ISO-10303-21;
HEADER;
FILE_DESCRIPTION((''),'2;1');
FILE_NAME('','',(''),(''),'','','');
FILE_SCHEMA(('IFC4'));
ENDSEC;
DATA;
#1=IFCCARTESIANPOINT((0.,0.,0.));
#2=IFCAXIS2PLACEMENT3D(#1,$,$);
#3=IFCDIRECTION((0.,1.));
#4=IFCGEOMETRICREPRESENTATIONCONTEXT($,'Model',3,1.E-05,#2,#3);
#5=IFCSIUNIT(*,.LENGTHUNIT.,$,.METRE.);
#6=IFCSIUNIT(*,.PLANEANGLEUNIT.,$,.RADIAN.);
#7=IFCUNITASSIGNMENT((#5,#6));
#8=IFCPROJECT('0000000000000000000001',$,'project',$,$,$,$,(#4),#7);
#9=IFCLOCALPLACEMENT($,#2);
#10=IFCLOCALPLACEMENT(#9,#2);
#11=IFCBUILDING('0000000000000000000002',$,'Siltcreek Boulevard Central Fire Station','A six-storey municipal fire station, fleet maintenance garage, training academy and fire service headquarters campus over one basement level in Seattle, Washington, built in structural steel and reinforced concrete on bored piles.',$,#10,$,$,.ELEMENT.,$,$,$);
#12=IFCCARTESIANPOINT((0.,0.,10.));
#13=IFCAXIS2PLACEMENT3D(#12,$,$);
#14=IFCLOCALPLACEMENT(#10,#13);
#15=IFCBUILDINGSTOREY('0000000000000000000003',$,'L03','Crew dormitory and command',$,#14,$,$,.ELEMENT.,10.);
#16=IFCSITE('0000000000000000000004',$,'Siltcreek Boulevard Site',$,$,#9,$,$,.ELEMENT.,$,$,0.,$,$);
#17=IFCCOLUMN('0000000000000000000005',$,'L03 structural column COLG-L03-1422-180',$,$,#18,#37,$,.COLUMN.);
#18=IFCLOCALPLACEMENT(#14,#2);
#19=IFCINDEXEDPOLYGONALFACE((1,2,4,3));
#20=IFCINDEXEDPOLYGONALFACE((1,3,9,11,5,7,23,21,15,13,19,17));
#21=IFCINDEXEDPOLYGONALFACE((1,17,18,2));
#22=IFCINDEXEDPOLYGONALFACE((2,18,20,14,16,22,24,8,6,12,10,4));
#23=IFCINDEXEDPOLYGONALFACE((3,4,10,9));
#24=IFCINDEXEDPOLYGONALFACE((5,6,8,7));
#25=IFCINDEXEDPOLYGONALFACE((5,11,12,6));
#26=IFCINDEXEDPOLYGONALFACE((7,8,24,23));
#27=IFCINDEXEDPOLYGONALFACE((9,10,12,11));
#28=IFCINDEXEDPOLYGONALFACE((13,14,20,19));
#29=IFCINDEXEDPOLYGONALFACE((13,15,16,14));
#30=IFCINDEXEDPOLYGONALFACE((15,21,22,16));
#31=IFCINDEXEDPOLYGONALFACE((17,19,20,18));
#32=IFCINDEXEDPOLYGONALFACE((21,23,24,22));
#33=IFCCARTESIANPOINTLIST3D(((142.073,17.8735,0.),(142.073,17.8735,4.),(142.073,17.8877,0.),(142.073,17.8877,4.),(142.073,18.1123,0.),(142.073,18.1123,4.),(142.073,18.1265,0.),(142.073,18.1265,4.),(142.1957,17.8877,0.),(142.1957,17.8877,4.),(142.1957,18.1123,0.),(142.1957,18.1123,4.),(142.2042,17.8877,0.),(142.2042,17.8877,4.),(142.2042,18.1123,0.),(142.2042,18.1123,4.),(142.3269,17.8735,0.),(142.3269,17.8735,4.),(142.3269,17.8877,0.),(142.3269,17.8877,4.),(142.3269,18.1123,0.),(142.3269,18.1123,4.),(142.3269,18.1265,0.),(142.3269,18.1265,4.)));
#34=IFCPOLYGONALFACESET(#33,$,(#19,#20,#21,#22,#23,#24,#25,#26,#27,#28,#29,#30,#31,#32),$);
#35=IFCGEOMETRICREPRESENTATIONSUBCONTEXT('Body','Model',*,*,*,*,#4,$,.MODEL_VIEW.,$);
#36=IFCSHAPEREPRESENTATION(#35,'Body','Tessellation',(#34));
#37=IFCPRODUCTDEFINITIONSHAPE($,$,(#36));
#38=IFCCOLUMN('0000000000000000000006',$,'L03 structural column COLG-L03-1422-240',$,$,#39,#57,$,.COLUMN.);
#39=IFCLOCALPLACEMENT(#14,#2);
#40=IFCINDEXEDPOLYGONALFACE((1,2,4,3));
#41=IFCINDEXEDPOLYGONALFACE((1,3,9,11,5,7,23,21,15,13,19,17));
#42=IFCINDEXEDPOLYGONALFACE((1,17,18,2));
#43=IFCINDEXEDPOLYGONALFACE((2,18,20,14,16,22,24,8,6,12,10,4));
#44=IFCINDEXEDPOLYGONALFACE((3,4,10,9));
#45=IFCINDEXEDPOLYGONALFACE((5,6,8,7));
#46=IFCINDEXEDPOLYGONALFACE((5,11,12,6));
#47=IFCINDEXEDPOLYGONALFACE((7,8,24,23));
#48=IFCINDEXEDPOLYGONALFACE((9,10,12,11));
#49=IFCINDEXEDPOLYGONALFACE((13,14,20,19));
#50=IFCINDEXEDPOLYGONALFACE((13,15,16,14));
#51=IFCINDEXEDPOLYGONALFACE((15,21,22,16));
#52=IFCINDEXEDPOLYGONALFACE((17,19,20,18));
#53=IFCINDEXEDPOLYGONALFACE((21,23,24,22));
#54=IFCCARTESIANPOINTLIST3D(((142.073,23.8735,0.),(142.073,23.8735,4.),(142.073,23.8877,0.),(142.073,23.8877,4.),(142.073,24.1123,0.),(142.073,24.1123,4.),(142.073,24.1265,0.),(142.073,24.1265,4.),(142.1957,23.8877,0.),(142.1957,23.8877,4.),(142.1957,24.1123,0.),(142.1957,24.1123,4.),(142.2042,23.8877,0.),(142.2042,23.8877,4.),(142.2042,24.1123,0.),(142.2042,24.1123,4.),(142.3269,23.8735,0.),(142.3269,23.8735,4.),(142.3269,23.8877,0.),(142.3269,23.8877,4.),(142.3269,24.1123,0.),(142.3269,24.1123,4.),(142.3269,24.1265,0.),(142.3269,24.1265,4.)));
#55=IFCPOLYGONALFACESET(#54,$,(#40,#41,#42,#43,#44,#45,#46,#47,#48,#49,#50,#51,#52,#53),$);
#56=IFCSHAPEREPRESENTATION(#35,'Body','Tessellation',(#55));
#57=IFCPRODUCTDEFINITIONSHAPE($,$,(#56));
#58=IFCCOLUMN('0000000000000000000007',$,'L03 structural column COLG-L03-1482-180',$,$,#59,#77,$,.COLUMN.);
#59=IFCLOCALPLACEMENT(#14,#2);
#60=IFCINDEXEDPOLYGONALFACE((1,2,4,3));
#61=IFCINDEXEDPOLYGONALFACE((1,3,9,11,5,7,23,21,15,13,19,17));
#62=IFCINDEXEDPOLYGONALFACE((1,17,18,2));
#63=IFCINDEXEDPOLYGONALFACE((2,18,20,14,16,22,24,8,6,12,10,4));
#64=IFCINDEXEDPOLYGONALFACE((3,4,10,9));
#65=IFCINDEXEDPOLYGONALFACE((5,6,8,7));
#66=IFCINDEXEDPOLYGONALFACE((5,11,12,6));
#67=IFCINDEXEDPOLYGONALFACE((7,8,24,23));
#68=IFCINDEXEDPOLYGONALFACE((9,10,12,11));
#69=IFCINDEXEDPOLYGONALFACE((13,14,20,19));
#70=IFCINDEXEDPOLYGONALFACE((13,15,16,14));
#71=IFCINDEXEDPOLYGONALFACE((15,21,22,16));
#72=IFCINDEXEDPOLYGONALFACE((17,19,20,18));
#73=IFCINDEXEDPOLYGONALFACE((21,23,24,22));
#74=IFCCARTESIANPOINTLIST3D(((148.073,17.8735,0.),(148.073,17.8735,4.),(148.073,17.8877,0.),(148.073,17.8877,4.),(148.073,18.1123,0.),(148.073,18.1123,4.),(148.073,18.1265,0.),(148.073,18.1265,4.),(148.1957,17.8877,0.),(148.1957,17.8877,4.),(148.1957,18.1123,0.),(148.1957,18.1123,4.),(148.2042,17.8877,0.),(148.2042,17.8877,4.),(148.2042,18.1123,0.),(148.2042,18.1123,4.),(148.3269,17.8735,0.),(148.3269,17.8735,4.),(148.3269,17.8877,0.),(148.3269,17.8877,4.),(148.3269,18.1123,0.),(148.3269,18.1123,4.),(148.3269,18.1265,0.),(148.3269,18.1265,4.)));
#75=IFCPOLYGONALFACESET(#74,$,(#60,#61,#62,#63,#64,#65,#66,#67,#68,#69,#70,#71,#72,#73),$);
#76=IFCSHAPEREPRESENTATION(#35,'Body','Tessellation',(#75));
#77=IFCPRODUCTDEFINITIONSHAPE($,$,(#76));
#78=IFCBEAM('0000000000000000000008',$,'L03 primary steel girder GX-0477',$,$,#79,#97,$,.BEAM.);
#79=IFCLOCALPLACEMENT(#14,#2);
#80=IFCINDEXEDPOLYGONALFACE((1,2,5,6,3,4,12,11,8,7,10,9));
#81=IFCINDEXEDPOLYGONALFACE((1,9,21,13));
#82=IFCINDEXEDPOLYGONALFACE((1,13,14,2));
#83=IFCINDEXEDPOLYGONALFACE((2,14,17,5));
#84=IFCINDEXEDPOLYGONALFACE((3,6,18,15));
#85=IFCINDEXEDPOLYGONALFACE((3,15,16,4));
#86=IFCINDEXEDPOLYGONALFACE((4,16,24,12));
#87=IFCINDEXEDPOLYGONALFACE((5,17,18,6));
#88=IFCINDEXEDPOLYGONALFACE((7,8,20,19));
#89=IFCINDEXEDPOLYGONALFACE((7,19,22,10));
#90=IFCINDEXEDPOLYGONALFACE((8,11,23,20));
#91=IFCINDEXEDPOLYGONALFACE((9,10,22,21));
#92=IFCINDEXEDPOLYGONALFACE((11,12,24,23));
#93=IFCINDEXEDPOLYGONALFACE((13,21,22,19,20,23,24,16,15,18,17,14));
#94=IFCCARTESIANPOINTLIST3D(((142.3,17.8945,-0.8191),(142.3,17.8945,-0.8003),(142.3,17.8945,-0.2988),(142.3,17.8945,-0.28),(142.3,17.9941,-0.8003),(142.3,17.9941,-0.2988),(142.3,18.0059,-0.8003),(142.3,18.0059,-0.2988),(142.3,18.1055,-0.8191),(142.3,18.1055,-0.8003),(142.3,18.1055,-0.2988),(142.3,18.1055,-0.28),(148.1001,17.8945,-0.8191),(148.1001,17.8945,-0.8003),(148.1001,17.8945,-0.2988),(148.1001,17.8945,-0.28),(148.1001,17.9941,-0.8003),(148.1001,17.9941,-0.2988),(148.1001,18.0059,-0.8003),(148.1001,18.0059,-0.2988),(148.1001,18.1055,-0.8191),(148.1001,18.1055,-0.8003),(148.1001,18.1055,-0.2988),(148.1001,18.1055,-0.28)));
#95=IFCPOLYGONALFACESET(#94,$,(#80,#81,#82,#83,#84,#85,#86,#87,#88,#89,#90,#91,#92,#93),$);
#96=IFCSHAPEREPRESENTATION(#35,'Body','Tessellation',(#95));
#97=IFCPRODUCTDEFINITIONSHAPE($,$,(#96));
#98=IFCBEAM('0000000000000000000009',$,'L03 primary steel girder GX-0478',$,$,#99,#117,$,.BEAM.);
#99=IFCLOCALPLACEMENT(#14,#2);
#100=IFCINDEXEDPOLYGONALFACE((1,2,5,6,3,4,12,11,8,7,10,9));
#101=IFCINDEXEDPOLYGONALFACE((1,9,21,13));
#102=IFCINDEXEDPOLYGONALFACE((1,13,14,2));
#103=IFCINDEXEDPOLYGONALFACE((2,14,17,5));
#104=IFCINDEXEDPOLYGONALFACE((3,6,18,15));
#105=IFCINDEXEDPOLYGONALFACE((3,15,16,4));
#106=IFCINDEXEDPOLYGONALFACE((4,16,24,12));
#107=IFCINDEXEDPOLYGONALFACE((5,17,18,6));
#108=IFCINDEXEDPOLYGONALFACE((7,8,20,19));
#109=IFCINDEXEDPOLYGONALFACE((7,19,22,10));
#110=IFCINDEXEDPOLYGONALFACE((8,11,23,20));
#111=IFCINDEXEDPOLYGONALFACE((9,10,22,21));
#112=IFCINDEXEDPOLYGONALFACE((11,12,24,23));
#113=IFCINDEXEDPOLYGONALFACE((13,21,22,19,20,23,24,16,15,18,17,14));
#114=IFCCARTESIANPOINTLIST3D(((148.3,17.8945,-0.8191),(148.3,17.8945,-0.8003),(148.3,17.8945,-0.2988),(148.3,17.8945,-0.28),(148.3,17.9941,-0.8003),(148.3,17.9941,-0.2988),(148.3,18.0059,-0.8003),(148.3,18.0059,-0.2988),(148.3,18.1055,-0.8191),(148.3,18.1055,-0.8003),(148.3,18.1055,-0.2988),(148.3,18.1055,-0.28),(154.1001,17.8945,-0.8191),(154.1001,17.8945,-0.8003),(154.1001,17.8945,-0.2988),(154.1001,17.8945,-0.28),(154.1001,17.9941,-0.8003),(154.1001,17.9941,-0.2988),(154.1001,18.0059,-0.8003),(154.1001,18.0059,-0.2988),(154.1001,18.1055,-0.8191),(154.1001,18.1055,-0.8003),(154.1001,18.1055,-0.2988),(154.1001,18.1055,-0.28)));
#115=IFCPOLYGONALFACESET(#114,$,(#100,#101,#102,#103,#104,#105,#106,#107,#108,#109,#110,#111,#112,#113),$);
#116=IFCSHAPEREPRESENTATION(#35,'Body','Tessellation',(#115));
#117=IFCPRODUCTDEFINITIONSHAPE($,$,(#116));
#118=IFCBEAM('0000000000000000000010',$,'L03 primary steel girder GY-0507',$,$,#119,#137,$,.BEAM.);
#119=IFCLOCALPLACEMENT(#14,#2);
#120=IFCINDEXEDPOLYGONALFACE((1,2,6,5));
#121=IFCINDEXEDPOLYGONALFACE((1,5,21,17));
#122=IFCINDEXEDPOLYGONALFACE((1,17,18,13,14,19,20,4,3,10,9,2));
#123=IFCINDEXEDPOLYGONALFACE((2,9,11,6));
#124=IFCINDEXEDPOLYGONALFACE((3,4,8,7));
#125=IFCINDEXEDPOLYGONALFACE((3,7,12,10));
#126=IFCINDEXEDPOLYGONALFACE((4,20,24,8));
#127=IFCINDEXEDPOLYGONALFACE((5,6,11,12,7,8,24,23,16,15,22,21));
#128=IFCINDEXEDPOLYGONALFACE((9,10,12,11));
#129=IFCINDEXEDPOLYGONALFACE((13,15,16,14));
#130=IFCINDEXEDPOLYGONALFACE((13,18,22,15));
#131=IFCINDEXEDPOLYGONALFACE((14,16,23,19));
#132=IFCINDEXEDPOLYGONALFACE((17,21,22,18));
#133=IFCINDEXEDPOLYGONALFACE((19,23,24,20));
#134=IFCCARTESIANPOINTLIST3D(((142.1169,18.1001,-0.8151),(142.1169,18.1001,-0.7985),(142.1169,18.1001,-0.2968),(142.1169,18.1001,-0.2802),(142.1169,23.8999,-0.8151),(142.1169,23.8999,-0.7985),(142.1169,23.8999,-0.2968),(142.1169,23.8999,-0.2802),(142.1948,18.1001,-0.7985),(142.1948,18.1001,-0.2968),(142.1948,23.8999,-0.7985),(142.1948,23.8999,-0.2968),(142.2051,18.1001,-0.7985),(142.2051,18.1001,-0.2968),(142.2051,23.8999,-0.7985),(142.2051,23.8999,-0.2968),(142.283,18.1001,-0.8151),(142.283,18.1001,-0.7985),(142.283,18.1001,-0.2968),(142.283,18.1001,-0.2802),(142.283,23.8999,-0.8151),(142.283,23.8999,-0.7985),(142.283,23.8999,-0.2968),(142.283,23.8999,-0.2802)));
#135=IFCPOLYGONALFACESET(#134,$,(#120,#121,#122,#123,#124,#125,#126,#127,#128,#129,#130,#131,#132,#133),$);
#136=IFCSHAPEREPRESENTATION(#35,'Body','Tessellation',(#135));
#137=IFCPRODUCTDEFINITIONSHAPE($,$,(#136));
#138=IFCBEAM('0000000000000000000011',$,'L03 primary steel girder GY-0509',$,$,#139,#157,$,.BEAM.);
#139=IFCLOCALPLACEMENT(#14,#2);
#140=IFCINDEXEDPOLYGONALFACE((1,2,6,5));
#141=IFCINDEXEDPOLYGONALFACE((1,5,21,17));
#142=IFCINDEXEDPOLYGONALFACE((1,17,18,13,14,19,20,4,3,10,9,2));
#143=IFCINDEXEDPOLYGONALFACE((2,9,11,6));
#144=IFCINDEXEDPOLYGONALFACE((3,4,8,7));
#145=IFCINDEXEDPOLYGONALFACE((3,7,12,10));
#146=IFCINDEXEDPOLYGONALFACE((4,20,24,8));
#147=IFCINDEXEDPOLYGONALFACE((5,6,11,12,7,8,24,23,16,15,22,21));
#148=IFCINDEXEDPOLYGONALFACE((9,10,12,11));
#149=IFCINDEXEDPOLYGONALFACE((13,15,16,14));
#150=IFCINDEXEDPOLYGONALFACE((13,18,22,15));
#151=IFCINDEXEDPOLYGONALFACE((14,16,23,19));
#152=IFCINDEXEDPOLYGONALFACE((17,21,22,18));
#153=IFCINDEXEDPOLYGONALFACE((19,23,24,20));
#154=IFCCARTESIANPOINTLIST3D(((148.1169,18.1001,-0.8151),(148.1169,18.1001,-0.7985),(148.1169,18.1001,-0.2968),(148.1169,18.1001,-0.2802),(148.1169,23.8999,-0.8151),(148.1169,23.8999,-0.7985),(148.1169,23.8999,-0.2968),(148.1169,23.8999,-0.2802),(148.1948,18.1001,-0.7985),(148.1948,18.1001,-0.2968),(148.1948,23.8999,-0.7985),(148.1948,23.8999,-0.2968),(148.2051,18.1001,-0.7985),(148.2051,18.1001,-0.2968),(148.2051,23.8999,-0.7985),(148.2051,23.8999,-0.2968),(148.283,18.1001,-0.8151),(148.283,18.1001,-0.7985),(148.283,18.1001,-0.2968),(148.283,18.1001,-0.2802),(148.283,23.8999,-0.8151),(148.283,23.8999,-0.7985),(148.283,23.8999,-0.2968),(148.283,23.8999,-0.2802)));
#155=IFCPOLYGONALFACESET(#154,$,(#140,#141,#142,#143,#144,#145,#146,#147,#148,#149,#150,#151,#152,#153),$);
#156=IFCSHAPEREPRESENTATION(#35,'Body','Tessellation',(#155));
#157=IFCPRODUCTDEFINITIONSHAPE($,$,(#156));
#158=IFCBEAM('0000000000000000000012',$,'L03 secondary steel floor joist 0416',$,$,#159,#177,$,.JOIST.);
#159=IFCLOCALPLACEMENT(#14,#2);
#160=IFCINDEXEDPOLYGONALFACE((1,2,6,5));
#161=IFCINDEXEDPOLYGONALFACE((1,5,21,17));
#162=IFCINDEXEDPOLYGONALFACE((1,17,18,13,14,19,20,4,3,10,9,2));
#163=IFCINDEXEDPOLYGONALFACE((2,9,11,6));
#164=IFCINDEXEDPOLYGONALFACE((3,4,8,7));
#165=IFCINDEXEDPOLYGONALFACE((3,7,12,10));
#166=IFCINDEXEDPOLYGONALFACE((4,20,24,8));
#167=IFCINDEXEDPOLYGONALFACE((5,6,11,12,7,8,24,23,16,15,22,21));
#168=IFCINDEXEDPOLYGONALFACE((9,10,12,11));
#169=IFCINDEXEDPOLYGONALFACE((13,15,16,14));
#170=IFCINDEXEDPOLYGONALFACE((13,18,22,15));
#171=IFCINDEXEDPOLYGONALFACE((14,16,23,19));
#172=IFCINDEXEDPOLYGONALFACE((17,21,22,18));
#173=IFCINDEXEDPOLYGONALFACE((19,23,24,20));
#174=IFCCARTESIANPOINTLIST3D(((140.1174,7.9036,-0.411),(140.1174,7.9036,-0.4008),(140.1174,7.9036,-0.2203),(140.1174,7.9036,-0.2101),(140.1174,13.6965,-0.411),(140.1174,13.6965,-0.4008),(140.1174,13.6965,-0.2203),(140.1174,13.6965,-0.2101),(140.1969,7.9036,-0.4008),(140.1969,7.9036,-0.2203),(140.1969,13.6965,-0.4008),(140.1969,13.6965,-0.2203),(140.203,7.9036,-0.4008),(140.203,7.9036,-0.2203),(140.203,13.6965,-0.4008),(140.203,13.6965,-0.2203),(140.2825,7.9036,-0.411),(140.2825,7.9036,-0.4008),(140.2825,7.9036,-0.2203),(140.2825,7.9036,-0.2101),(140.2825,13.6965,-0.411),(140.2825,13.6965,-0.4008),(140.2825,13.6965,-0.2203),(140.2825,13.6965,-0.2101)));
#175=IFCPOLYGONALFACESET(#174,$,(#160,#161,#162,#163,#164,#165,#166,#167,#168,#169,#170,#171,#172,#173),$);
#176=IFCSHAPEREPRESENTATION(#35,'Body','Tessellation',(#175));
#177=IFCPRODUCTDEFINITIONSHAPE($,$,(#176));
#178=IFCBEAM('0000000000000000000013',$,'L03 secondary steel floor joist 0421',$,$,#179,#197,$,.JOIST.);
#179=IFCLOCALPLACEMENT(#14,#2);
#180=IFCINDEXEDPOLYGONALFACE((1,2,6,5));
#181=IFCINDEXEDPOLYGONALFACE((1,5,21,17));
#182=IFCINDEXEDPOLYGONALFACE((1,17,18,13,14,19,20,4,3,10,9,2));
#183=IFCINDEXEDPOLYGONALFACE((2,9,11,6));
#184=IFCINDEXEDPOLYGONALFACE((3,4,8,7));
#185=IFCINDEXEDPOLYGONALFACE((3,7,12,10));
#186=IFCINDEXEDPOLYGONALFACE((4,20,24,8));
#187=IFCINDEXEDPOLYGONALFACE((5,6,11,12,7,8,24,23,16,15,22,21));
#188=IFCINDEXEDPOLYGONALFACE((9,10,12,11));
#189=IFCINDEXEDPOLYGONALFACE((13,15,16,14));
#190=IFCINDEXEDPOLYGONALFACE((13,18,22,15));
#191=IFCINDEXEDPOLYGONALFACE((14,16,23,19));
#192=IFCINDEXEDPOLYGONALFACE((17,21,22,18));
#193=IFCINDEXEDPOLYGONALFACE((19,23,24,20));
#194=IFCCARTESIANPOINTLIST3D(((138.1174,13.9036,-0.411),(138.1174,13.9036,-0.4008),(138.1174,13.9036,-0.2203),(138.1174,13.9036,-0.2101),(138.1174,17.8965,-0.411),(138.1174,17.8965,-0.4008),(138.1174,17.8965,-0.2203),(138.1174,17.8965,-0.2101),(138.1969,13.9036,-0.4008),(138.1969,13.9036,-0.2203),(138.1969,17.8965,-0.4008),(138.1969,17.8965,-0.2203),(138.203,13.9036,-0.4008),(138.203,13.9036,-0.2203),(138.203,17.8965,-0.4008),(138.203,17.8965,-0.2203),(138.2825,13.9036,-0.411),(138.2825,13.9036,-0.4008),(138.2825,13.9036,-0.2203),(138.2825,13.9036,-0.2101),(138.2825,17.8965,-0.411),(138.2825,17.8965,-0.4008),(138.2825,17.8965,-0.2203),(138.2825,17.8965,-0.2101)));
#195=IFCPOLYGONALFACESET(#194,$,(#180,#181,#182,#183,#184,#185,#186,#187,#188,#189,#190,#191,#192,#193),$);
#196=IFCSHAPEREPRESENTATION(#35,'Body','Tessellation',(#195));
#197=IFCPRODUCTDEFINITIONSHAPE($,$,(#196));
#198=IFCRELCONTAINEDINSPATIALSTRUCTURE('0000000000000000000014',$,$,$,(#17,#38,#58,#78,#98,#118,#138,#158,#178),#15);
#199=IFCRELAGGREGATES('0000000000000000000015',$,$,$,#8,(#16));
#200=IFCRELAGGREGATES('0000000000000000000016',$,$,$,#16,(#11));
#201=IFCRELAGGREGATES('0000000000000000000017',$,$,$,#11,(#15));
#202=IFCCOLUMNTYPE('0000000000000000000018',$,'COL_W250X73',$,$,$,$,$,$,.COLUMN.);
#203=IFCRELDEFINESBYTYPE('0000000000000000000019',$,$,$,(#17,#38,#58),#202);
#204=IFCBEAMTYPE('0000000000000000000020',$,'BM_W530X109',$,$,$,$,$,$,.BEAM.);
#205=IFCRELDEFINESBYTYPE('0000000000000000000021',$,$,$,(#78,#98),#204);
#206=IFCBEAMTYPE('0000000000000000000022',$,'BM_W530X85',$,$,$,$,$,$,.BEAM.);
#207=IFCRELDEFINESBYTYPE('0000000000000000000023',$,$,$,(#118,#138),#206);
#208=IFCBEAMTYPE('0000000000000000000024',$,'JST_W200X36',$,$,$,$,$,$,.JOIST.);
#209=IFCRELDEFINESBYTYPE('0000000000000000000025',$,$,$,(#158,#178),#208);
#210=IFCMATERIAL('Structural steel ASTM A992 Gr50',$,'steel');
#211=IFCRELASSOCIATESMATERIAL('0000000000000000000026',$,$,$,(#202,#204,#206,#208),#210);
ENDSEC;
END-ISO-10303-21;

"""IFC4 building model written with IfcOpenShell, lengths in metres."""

from ifc_helpers import new_model, si_unit, direction, frame, origin, origin_2d, place, context, subcontext, project, spatial, i_section, extrude, material, material_profile, profile_set, type_object, element, save


model = new_model("IFC4")

# Units and contexts
model_context = context("Model", 3, precision=1e-05, world=origin(), true_north=direction((0.0, 1.0)))
body_context = subcontext(model_context, "Body", "Model", "MODEL_VIEW")
ifc_project = project(units=[si_unit("LENGTHUNIT", "METRE"), si_unit("PLANEANGLEUNIT", "RADIAN")], contexts=[model_context])

# Site, building, storey
site_placement = place(None, origin())
site = spatial("IfcSite", under=ifc_project, at=site_placement, Name="Siltcreek Boulevard Site", CompositionType="ELEMENT", RefElevation=0.0)
building_placement = place(site_placement, origin())
building = spatial("IfcBuilding", under=site, at=building_placement, Name="Siltcreek Boulevard Central Fire Station", Description="A six-storey municipal fire station, fleet maintenance garage, training academy and fire service headquarters campus over one basement level in Seattle, Washington, built in structural steel and reinforced concrete on bored piles.", CompositionType="ELEMENT")
storey_placement = place(building_placement, frame((0.0, 0.0, 10.0)))
storey = spatial("IfcBuildingStorey", under=building, at=storey_placement, Name="L03", Description="Crew dormitory and command", CompositionType="ELEMENT", Elevation=10.0)

# Columns
ifc_material_1 = material(Name="Structural steel ASTM A992 Gr50", Category="steel")
ifc_material_profile_1 = material_profile(ifc_material_1, i_section(OverallWidth=0.2539, OverallDepth=0.2529, WebThickness=0.0085, FlangeThickness=0.0142, at=origin_2d()), Name="W250X73")
ifc_profile_set_1 = profile_set([ifc_material_profile_1], Name="Structural steel ASTM A992 Gr50")
column_type = type_object("IfcColumnType", Name="COL_W250X73", PredefinedType="COLUMN", material=ifc_profile_set_1)
for number, where, z_axis, x_axis, name in (
    (1, (142.2, 18.0, 0.0), (0.0, 0.0, 1.0), (1.0, 0.0, 0.0), "L03 structural column COLG-L03-1422-180"),
    (2, (142.2, 24.0, 0.0), (0.0, 0.0, 1.0), (1.0, 0.0, 0.0), "L03 structural column COLG-L03-1422-240"),
    (3, (148.2, 18.0, 0.0), (0.0, 0.0, 1.0), (1.0, 0.0, 0.0), "L03 structural column COLG-L03-1482-180"),
):
    element("IfcColumn", number, at=place(storey_placement, frame(where, z_axis=z_axis, x_axis=x_axis)), inside=storey, type_object=column_type, Name=name, PredefinedType="COLUMN", context=body_context, shape_type="SweptSolid", body=[
        extrude(i_section(OverallWidth=0.2539, OverallDepth=0.2529, WebThickness=0.0085, FlangeThickness=0.0142, at=origin_2d()), origin(), (0.0, 0.0, 1.0), 4.0),
    ])

# Beams
ifc_material_profile_2 = material_profile(ifc_material_1, i_section(OverallWidth=0.2109, OverallDepth=0.5391, WebThickness=0.0117, FlangeThickness=0.0188, at=origin_2d()), Name="W530X109")
ifc_profile_set_2 = profile_set([ifc_material_profile_2], Name="Structural steel ASTM A992 Gr50")
beam_type_1 = type_object("IfcBeamType", Name="BM_W530X109", PredefinedType="BEAM", material=ifc_profile_set_2)
for number, where, z_axis, x_axis, name in (
    (4, (142.3, 18.0, -0.5496), (1.0, 0.0, 0.0), (0.0, 1.0, 0.0), "L03 primary steel girder GX-0477"),
    (5, (148.3, 18.0, -0.5496), (1.0, 0.0, 0.0), (0.0, 1.0, 0.0), "L03 primary steel girder GX-0478"),
):
    element("IfcBeam", number, at=place(storey_placement, frame(where, z_axis=z_axis, x_axis=x_axis)), inside=storey, type_object=beam_type_1, Name=name, PredefinedType="BEAM", context=body_context, shape_type="SweptSolid", body=[
        extrude(i_section(OverallWidth=0.2109, OverallDepth=0.5391, WebThickness=0.0117, FlangeThickness=0.0188, at=origin_2d()), origin(), (0.0, 0.0, 1.0), 5.8),
    ])
ifc_material_profile_3 = material_profile(ifc_material_1, i_section(OverallWidth=0.166, OverallDepth=0.5349, WebThickness=0.0103, FlangeThickness=0.0166, at=origin_2d()), Name="W530X85")
ifc_profile_set_3 = profile_set([ifc_material_profile_3], Name="Structural steel ASTM A992 Gr50")
beam_type_2 = type_object("IfcBeamType", Name="BM_W530X85", PredefinedType="BEAM", material=ifc_profile_set_3)
for number, where, z_axis, x_axis, name in (
    (6, (142.2, 18.1001, -0.5476), (0.0, 1.0, 0.0), (-1.0, 0.0, 0.0), "L03 primary steel girder GY-0507"),
    (7, (148.2, 18.1001, -0.5476), (0.0, 1.0, 0.0), (-1.0, 0.0, 0.0), "L03 primary steel girder GY-0509"),
):
    element("IfcBeam", number, at=place(storey_placement, frame(where, z_axis=z_axis, x_axis=x_axis)), inside=storey, type_object=beam_type_2, Name=name, PredefinedType="BEAM", context=body_context, shape_type="SweptSolid", body=[
        extrude(i_section(OverallWidth=0.166, OverallDepth=0.5349, WebThickness=0.0103, FlangeThickness=0.0166, at=origin_2d()), origin(), (0.0, 0.0, 1.0), 5.7998),
    ])
ifc_material_profile_4 = material_profile(ifc_material_1, i_section(OverallWidth=0.165, OverallDepth=0.2009, WebThickness=0.0061, FlangeThickness=0.0103, at=origin_2d()), Name="W200X36")
ifc_profile_set_4 = profile_set([ifc_material_profile_4], Name="Structural steel ASTM A992 Gr50")
beam_type_3 = type_object("IfcBeamType", Name="JST_W200X36", PredefinedType="JOIST", material=ifc_profile_set_4)
beam_1_placement = place(storey_placement, frame((140.2, 7.9036, -0.3105), z_axis=(0.0, 1.0, 0.0), x_axis=(-1.0, 0.0, 0.0)))
element("IfcBeam", 8, at=beam_1_placement, inside=storey, type_object=beam_type_3, Name="L03 secondary steel floor joist 0416", PredefinedType="JOIST", context=body_context, shape_type="SweptSolid", body=[
    extrude(i_section(OverallWidth=0.165, OverallDepth=0.2009, WebThickness=0.0061, FlangeThickness=0.0103, at=origin_2d()), origin(), (0.0, 0.0, 1.0), 5.793),
])
beam_2_placement = place(storey_placement, frame((138.2, 13.9036, -0.3105), z_axis=(0.0, 1.0, 0.0), x_axis=(-1.0, 0.0, 0.0)))
element("IfcBeam", 9, at=beam_2_placement, inside=storey, type_object=beam_type_3, Name="L03 secondary steel floor joist 0421", PredefinedType="JOIST", context=body_context, shape_type="SweptSolid", body=[
    extrude(i_section(OverallWidth=0.165, OverallDepth=0.2009, WebThickness=0.0061, FlangeThickness=0.0103, at=origin_2d()), origin(), (0.0, 0.0, 1.0), 3.9929),
])

save(model, "model.ifc")
